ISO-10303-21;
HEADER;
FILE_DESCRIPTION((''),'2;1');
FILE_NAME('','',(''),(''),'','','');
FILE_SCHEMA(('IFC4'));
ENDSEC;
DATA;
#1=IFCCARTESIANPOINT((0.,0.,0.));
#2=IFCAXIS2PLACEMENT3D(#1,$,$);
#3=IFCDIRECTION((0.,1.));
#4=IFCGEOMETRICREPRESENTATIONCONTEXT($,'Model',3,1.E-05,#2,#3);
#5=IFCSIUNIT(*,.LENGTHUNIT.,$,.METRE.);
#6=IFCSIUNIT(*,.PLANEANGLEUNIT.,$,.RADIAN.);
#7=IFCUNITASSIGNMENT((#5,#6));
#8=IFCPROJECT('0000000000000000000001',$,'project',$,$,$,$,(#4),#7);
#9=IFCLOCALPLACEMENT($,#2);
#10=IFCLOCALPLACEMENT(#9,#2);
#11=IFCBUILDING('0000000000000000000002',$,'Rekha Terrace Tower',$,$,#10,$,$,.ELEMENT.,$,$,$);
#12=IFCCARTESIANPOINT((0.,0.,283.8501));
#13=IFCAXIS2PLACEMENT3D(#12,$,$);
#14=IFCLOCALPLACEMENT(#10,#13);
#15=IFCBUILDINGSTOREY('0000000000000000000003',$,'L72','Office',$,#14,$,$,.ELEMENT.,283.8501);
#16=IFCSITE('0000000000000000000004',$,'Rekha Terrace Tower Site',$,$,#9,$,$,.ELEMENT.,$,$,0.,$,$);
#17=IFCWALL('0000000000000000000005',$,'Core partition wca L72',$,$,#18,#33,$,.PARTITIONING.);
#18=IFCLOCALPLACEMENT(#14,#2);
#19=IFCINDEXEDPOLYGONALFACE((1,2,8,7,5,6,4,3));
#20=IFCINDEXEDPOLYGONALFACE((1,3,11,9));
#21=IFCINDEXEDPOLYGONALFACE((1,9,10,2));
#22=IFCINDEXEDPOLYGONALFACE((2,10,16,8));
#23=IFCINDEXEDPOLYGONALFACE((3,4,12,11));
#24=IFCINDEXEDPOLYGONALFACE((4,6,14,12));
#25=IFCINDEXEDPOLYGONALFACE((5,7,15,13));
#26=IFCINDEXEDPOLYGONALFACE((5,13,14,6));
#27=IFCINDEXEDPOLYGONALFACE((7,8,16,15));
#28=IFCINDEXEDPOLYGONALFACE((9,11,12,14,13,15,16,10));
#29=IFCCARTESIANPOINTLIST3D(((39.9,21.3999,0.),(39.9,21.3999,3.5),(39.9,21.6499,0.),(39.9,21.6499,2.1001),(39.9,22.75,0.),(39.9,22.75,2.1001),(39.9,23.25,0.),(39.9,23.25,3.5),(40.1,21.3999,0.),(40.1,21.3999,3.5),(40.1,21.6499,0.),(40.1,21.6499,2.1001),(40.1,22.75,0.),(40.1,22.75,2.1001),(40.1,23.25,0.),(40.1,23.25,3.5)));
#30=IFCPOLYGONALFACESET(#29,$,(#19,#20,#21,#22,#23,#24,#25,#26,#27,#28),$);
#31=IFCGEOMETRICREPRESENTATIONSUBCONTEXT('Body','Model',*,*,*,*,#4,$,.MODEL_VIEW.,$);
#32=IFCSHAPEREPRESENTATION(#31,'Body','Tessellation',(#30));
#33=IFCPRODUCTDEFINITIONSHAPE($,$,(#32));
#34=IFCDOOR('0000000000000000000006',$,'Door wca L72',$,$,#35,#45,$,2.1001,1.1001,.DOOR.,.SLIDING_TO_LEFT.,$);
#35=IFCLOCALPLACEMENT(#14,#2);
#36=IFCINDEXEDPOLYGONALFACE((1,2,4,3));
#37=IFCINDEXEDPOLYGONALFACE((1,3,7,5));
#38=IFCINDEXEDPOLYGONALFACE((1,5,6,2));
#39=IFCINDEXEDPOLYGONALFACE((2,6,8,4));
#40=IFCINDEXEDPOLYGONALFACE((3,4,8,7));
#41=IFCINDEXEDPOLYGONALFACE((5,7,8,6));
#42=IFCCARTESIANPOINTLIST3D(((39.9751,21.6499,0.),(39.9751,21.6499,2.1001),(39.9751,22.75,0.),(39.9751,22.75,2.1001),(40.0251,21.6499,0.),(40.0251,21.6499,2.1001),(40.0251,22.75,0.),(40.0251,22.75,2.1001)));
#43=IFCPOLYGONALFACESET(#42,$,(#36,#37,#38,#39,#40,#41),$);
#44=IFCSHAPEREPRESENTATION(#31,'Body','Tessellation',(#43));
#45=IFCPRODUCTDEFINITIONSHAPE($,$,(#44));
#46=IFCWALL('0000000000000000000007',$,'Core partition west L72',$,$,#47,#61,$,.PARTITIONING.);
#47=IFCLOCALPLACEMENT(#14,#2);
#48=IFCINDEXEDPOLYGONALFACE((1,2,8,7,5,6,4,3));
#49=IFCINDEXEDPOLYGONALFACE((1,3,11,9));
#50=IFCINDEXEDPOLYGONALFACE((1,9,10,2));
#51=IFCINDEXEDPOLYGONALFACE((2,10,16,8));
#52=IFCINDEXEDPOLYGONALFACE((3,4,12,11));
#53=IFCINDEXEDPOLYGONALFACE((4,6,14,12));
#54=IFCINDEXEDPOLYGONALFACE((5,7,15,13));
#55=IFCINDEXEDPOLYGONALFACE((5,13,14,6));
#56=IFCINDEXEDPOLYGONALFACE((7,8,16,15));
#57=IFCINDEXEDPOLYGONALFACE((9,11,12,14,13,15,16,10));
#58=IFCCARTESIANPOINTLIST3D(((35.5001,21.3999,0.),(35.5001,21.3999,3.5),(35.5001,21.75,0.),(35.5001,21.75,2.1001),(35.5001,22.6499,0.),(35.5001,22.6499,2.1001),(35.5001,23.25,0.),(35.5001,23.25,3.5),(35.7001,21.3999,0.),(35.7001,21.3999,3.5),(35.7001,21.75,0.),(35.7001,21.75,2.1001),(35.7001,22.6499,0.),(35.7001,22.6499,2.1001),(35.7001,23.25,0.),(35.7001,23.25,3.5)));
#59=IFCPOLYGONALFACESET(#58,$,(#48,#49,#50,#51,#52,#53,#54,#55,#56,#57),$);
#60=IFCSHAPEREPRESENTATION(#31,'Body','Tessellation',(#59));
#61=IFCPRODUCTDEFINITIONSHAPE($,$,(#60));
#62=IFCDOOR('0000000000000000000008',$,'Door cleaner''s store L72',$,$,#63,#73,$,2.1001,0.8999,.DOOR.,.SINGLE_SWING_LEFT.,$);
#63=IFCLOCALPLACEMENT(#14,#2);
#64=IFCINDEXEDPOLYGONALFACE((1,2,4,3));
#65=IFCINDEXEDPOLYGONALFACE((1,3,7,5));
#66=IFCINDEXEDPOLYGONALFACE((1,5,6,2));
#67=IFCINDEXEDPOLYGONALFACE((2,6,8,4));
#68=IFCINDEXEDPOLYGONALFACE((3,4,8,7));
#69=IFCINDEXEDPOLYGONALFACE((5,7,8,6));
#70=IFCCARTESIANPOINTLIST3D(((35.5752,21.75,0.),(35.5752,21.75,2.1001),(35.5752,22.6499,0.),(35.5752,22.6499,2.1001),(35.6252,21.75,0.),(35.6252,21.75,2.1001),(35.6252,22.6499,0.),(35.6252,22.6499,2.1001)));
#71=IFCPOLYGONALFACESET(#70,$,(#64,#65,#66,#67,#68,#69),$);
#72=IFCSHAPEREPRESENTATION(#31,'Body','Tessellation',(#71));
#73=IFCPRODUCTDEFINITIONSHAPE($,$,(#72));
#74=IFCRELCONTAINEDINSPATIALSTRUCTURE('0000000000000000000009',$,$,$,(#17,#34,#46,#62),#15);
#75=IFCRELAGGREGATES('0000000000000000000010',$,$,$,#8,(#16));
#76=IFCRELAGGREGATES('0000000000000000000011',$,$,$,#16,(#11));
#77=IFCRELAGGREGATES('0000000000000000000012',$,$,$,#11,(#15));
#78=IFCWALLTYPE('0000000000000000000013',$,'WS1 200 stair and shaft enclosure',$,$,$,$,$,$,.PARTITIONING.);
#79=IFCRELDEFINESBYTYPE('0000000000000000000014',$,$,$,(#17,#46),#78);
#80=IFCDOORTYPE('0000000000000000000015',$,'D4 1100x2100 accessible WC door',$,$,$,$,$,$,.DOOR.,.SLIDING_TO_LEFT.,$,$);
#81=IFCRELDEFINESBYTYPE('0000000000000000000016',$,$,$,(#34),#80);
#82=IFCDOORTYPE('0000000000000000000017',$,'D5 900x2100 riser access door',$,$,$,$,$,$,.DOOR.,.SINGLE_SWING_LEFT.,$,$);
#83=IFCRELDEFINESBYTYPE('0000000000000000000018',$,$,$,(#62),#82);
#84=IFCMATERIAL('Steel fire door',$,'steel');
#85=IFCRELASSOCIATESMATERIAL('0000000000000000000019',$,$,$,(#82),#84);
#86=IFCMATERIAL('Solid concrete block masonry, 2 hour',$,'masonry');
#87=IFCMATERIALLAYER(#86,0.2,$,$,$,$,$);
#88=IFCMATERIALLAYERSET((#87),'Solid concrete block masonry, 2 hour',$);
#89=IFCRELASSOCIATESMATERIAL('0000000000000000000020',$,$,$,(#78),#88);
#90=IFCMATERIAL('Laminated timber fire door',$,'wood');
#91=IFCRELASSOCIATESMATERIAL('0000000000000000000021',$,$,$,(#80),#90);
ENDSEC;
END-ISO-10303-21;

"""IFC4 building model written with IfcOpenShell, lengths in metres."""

from ifc_helpers import new_model, si_unit, direction, frame, frame_2d, origin, place, context, subcontext, project, spatial, rectangle, extrude, material, layer, layer_set, type_object, element, fill, save


model = new_model("IFC4")

# Units and contexts
model_context = context("Model", 3, precision=1e-05, world=origin(), true_north=direction((0.0, 1.0)))
body_context = subcontext(model_context, "Body", "Model", "MODEL_VIEW")
ifc_project = project(units=[si_unit("LENGTHUNIT", "METRE"), si_unit("PLANEANGLEUNIT", "RADIAN")], contexts=[model_context])

# Site, building, storey
site_placement = place(None, origin())
site = spatial("IfcSite", under=ifc_project, at=site_placement, Name="Rekha Terrace Tower Site", CompositionType="ELEMENT", RefElevation=0.0)
building_placement = place(site_placement, origin())
building = spatial("IfcBuilding", under=site, at=building_placement, Name="Rekha Terrace Tower", CompositionType="ELEMENT")
storey_placement = place(building_placement, frame((0.0, 0.0, 283.8501)))
storey = spatial("IfcBuildingStorey", under=building, at=storey_placement, Name="L72", Description="Office", CompositionType="ELEMENT", Elevation=283.8501)

# Shared definitions
ifc_material_1 = material(Name="Steel fire door", Category="steel")
door_type_1 = type_object("IfcDoorType", Name="D5 900x2100 riser access door", OperationType="SINGLE_SWING_LEFT", PredefinedType="DOOR", material=ifc_material_1)

# Walls, openings, doors
ifc_material_2 = material(Name="Solid concrete block masonry, 2 hour", Category="masonry")
ifc_layer_1 = layer(ifc_material_2, 0.2)
ifc_layer_set_1 = layer_set([ifc_layer_1], Name="Solid concrete block masonry, 2 hour")
wall_type_1 = type_object("IfcWallType", Name="WS1 200 stair and shaft enclosure", PredefinedType="PARTITIONING", material=ifc_layer_set_1)
wall_1_placement = place(storey_placement, frame((40.0, 21.3999, 0.0), z_axis=(0.0, 0.0, 1.0), x_axis=(0.0, 1.0, 0.0)))
wall_1 = element("IfcWall", 1, at=wall_1_placement, inside=storey, type_object=wall_type_1, Name="Core partition wca L72", PredefinedType="PARTITIONING", context=body_context, shape_type="SweptSolid", body=[
    extrude(rectangle(XDim=1.8501, YDim=0.2, at=frame_2d((0.925, 0.0))), origin(), (0.0, 0.0, 1.0), 3.5),
])
opening_1_placement = place(wall_1_placement, frame((0.25, 0.0, 0.0)))
opening_1 = element("IfcOpeningElement", 2, at=opening_1_placement, cuts=wall_1, PredefinedType="OPENING", context=body_context, shape_type="SweptSolid", body=[
    extrude(rectangle(XDim=1.1001, YDim=2.1001, at=frame_2d((0.55, 1.05))), frame((0.0, 0.1099, 0.0), z_axis=(0.0, -1.0, 0.0), x_axis=(1.0, 0.0, 0.0)), (0.0, 0.0, 1.0), 0.22),
])
ifc_material_3 = material(Name="Laminated timber fire door", Category="wood")
door_type_2 = type_object("IfcDoorType", Name="D4 1100x2100 accessible WC door", OperationType="SLIDING_TO_LEFT", PredefinedType="DOOR", material=ifc_material_3)
door_1_placement = place(opening_1_placement, origin())
door_1 = element("IfcDoor", 3, at=door_1_placement, inside=storey, type_object=door_type_2, Name="Door wca L72", OperationType="SLIDING_TO_LEFT", OverallHeight=2.1001, OverallWidth=1.1001, PredefinedType="DOOR", context=body_context, shape_type="SweptSolid", body=[
    extrude(rectangle(XDim=1.1001, YDim=2.1001, at=frame_2d((0.55, 1.05))), frame((0.0, 0.0249, 0.0), z_axis=(0.0, -1.0, 0.0), x_axis=(1.0, 0.0, 0.0)), (0.0, 0.0, 1.0), 0.05),
])
fill(opening_1, door_1)
wall_2_placement = place(storey_placement, frame((35.6001, 21.3999, 0.0), z_axis=(0.0, 0.0, 1.0), x_axis=(0.0, 1.0, 0.0)))
wall_2 = element("IfcWall", 4, at=wall_2_placement, inside=storey, type_object=wall_type_1, Name="Core partition west L72", PredefinedType="PARTITIONING", context=body_context, shape_type="SweptSolid", body=[
    extrude(rectangle(XDim=1.8501, YDim=0.2, at=frame_2d((0.925, 0.0))), origin(), (0.0, 0.0, 1.0), 3.5),
])
opening_2_placement = place(wall_2_placement, frame((0.3501, 0.0, 0.0)))
opening_2 = element("IfcOpeningElement", 5, at=opening_2_placement, cuts=wall_2, PredefinedType="OPENING", context=body_context, shape_type="SweptSolid", body=[
    extrude(rectangle(XDim=0.8999, YDim=2.1001, at=frame_2d((0.45, 1.05))), frame((0.0, 0.1099, 0.0), z_axis=(0.0, -1.0, 0.0), x_axis=(1.0, 0.0, 0.0)), (0.0, 0.0, 1.0), 0.22),
])
door_2_placement = place(opening_2_placement, origin())
door_2 = element("IfcDoor", 6, at=door_2_placement, inside=storey, type_object=door_type_1, Name="Door cleaner's store L72", OperationType="SINGLE_SWING_LEFT", OverallHeight=2.1001, OverallWidth=0.8999, PredefinedType="DOOR", context=body_context, shape_type="SweptSolid", body=[
    extrude(rectangle(XDim=0.8999, YDim=2.1001, at=frame_2d((0.45, 1.05))), frame((0.0, 0.0249, 0.0), z_axis=(0.0, -1.0, 0.0), x_axis=(1.0, 0.0, 0.0)), (0.0, 0.0, 1.0), 0.05),
])
fill(opening_2, door_2)

save(model, "model.ifc")
